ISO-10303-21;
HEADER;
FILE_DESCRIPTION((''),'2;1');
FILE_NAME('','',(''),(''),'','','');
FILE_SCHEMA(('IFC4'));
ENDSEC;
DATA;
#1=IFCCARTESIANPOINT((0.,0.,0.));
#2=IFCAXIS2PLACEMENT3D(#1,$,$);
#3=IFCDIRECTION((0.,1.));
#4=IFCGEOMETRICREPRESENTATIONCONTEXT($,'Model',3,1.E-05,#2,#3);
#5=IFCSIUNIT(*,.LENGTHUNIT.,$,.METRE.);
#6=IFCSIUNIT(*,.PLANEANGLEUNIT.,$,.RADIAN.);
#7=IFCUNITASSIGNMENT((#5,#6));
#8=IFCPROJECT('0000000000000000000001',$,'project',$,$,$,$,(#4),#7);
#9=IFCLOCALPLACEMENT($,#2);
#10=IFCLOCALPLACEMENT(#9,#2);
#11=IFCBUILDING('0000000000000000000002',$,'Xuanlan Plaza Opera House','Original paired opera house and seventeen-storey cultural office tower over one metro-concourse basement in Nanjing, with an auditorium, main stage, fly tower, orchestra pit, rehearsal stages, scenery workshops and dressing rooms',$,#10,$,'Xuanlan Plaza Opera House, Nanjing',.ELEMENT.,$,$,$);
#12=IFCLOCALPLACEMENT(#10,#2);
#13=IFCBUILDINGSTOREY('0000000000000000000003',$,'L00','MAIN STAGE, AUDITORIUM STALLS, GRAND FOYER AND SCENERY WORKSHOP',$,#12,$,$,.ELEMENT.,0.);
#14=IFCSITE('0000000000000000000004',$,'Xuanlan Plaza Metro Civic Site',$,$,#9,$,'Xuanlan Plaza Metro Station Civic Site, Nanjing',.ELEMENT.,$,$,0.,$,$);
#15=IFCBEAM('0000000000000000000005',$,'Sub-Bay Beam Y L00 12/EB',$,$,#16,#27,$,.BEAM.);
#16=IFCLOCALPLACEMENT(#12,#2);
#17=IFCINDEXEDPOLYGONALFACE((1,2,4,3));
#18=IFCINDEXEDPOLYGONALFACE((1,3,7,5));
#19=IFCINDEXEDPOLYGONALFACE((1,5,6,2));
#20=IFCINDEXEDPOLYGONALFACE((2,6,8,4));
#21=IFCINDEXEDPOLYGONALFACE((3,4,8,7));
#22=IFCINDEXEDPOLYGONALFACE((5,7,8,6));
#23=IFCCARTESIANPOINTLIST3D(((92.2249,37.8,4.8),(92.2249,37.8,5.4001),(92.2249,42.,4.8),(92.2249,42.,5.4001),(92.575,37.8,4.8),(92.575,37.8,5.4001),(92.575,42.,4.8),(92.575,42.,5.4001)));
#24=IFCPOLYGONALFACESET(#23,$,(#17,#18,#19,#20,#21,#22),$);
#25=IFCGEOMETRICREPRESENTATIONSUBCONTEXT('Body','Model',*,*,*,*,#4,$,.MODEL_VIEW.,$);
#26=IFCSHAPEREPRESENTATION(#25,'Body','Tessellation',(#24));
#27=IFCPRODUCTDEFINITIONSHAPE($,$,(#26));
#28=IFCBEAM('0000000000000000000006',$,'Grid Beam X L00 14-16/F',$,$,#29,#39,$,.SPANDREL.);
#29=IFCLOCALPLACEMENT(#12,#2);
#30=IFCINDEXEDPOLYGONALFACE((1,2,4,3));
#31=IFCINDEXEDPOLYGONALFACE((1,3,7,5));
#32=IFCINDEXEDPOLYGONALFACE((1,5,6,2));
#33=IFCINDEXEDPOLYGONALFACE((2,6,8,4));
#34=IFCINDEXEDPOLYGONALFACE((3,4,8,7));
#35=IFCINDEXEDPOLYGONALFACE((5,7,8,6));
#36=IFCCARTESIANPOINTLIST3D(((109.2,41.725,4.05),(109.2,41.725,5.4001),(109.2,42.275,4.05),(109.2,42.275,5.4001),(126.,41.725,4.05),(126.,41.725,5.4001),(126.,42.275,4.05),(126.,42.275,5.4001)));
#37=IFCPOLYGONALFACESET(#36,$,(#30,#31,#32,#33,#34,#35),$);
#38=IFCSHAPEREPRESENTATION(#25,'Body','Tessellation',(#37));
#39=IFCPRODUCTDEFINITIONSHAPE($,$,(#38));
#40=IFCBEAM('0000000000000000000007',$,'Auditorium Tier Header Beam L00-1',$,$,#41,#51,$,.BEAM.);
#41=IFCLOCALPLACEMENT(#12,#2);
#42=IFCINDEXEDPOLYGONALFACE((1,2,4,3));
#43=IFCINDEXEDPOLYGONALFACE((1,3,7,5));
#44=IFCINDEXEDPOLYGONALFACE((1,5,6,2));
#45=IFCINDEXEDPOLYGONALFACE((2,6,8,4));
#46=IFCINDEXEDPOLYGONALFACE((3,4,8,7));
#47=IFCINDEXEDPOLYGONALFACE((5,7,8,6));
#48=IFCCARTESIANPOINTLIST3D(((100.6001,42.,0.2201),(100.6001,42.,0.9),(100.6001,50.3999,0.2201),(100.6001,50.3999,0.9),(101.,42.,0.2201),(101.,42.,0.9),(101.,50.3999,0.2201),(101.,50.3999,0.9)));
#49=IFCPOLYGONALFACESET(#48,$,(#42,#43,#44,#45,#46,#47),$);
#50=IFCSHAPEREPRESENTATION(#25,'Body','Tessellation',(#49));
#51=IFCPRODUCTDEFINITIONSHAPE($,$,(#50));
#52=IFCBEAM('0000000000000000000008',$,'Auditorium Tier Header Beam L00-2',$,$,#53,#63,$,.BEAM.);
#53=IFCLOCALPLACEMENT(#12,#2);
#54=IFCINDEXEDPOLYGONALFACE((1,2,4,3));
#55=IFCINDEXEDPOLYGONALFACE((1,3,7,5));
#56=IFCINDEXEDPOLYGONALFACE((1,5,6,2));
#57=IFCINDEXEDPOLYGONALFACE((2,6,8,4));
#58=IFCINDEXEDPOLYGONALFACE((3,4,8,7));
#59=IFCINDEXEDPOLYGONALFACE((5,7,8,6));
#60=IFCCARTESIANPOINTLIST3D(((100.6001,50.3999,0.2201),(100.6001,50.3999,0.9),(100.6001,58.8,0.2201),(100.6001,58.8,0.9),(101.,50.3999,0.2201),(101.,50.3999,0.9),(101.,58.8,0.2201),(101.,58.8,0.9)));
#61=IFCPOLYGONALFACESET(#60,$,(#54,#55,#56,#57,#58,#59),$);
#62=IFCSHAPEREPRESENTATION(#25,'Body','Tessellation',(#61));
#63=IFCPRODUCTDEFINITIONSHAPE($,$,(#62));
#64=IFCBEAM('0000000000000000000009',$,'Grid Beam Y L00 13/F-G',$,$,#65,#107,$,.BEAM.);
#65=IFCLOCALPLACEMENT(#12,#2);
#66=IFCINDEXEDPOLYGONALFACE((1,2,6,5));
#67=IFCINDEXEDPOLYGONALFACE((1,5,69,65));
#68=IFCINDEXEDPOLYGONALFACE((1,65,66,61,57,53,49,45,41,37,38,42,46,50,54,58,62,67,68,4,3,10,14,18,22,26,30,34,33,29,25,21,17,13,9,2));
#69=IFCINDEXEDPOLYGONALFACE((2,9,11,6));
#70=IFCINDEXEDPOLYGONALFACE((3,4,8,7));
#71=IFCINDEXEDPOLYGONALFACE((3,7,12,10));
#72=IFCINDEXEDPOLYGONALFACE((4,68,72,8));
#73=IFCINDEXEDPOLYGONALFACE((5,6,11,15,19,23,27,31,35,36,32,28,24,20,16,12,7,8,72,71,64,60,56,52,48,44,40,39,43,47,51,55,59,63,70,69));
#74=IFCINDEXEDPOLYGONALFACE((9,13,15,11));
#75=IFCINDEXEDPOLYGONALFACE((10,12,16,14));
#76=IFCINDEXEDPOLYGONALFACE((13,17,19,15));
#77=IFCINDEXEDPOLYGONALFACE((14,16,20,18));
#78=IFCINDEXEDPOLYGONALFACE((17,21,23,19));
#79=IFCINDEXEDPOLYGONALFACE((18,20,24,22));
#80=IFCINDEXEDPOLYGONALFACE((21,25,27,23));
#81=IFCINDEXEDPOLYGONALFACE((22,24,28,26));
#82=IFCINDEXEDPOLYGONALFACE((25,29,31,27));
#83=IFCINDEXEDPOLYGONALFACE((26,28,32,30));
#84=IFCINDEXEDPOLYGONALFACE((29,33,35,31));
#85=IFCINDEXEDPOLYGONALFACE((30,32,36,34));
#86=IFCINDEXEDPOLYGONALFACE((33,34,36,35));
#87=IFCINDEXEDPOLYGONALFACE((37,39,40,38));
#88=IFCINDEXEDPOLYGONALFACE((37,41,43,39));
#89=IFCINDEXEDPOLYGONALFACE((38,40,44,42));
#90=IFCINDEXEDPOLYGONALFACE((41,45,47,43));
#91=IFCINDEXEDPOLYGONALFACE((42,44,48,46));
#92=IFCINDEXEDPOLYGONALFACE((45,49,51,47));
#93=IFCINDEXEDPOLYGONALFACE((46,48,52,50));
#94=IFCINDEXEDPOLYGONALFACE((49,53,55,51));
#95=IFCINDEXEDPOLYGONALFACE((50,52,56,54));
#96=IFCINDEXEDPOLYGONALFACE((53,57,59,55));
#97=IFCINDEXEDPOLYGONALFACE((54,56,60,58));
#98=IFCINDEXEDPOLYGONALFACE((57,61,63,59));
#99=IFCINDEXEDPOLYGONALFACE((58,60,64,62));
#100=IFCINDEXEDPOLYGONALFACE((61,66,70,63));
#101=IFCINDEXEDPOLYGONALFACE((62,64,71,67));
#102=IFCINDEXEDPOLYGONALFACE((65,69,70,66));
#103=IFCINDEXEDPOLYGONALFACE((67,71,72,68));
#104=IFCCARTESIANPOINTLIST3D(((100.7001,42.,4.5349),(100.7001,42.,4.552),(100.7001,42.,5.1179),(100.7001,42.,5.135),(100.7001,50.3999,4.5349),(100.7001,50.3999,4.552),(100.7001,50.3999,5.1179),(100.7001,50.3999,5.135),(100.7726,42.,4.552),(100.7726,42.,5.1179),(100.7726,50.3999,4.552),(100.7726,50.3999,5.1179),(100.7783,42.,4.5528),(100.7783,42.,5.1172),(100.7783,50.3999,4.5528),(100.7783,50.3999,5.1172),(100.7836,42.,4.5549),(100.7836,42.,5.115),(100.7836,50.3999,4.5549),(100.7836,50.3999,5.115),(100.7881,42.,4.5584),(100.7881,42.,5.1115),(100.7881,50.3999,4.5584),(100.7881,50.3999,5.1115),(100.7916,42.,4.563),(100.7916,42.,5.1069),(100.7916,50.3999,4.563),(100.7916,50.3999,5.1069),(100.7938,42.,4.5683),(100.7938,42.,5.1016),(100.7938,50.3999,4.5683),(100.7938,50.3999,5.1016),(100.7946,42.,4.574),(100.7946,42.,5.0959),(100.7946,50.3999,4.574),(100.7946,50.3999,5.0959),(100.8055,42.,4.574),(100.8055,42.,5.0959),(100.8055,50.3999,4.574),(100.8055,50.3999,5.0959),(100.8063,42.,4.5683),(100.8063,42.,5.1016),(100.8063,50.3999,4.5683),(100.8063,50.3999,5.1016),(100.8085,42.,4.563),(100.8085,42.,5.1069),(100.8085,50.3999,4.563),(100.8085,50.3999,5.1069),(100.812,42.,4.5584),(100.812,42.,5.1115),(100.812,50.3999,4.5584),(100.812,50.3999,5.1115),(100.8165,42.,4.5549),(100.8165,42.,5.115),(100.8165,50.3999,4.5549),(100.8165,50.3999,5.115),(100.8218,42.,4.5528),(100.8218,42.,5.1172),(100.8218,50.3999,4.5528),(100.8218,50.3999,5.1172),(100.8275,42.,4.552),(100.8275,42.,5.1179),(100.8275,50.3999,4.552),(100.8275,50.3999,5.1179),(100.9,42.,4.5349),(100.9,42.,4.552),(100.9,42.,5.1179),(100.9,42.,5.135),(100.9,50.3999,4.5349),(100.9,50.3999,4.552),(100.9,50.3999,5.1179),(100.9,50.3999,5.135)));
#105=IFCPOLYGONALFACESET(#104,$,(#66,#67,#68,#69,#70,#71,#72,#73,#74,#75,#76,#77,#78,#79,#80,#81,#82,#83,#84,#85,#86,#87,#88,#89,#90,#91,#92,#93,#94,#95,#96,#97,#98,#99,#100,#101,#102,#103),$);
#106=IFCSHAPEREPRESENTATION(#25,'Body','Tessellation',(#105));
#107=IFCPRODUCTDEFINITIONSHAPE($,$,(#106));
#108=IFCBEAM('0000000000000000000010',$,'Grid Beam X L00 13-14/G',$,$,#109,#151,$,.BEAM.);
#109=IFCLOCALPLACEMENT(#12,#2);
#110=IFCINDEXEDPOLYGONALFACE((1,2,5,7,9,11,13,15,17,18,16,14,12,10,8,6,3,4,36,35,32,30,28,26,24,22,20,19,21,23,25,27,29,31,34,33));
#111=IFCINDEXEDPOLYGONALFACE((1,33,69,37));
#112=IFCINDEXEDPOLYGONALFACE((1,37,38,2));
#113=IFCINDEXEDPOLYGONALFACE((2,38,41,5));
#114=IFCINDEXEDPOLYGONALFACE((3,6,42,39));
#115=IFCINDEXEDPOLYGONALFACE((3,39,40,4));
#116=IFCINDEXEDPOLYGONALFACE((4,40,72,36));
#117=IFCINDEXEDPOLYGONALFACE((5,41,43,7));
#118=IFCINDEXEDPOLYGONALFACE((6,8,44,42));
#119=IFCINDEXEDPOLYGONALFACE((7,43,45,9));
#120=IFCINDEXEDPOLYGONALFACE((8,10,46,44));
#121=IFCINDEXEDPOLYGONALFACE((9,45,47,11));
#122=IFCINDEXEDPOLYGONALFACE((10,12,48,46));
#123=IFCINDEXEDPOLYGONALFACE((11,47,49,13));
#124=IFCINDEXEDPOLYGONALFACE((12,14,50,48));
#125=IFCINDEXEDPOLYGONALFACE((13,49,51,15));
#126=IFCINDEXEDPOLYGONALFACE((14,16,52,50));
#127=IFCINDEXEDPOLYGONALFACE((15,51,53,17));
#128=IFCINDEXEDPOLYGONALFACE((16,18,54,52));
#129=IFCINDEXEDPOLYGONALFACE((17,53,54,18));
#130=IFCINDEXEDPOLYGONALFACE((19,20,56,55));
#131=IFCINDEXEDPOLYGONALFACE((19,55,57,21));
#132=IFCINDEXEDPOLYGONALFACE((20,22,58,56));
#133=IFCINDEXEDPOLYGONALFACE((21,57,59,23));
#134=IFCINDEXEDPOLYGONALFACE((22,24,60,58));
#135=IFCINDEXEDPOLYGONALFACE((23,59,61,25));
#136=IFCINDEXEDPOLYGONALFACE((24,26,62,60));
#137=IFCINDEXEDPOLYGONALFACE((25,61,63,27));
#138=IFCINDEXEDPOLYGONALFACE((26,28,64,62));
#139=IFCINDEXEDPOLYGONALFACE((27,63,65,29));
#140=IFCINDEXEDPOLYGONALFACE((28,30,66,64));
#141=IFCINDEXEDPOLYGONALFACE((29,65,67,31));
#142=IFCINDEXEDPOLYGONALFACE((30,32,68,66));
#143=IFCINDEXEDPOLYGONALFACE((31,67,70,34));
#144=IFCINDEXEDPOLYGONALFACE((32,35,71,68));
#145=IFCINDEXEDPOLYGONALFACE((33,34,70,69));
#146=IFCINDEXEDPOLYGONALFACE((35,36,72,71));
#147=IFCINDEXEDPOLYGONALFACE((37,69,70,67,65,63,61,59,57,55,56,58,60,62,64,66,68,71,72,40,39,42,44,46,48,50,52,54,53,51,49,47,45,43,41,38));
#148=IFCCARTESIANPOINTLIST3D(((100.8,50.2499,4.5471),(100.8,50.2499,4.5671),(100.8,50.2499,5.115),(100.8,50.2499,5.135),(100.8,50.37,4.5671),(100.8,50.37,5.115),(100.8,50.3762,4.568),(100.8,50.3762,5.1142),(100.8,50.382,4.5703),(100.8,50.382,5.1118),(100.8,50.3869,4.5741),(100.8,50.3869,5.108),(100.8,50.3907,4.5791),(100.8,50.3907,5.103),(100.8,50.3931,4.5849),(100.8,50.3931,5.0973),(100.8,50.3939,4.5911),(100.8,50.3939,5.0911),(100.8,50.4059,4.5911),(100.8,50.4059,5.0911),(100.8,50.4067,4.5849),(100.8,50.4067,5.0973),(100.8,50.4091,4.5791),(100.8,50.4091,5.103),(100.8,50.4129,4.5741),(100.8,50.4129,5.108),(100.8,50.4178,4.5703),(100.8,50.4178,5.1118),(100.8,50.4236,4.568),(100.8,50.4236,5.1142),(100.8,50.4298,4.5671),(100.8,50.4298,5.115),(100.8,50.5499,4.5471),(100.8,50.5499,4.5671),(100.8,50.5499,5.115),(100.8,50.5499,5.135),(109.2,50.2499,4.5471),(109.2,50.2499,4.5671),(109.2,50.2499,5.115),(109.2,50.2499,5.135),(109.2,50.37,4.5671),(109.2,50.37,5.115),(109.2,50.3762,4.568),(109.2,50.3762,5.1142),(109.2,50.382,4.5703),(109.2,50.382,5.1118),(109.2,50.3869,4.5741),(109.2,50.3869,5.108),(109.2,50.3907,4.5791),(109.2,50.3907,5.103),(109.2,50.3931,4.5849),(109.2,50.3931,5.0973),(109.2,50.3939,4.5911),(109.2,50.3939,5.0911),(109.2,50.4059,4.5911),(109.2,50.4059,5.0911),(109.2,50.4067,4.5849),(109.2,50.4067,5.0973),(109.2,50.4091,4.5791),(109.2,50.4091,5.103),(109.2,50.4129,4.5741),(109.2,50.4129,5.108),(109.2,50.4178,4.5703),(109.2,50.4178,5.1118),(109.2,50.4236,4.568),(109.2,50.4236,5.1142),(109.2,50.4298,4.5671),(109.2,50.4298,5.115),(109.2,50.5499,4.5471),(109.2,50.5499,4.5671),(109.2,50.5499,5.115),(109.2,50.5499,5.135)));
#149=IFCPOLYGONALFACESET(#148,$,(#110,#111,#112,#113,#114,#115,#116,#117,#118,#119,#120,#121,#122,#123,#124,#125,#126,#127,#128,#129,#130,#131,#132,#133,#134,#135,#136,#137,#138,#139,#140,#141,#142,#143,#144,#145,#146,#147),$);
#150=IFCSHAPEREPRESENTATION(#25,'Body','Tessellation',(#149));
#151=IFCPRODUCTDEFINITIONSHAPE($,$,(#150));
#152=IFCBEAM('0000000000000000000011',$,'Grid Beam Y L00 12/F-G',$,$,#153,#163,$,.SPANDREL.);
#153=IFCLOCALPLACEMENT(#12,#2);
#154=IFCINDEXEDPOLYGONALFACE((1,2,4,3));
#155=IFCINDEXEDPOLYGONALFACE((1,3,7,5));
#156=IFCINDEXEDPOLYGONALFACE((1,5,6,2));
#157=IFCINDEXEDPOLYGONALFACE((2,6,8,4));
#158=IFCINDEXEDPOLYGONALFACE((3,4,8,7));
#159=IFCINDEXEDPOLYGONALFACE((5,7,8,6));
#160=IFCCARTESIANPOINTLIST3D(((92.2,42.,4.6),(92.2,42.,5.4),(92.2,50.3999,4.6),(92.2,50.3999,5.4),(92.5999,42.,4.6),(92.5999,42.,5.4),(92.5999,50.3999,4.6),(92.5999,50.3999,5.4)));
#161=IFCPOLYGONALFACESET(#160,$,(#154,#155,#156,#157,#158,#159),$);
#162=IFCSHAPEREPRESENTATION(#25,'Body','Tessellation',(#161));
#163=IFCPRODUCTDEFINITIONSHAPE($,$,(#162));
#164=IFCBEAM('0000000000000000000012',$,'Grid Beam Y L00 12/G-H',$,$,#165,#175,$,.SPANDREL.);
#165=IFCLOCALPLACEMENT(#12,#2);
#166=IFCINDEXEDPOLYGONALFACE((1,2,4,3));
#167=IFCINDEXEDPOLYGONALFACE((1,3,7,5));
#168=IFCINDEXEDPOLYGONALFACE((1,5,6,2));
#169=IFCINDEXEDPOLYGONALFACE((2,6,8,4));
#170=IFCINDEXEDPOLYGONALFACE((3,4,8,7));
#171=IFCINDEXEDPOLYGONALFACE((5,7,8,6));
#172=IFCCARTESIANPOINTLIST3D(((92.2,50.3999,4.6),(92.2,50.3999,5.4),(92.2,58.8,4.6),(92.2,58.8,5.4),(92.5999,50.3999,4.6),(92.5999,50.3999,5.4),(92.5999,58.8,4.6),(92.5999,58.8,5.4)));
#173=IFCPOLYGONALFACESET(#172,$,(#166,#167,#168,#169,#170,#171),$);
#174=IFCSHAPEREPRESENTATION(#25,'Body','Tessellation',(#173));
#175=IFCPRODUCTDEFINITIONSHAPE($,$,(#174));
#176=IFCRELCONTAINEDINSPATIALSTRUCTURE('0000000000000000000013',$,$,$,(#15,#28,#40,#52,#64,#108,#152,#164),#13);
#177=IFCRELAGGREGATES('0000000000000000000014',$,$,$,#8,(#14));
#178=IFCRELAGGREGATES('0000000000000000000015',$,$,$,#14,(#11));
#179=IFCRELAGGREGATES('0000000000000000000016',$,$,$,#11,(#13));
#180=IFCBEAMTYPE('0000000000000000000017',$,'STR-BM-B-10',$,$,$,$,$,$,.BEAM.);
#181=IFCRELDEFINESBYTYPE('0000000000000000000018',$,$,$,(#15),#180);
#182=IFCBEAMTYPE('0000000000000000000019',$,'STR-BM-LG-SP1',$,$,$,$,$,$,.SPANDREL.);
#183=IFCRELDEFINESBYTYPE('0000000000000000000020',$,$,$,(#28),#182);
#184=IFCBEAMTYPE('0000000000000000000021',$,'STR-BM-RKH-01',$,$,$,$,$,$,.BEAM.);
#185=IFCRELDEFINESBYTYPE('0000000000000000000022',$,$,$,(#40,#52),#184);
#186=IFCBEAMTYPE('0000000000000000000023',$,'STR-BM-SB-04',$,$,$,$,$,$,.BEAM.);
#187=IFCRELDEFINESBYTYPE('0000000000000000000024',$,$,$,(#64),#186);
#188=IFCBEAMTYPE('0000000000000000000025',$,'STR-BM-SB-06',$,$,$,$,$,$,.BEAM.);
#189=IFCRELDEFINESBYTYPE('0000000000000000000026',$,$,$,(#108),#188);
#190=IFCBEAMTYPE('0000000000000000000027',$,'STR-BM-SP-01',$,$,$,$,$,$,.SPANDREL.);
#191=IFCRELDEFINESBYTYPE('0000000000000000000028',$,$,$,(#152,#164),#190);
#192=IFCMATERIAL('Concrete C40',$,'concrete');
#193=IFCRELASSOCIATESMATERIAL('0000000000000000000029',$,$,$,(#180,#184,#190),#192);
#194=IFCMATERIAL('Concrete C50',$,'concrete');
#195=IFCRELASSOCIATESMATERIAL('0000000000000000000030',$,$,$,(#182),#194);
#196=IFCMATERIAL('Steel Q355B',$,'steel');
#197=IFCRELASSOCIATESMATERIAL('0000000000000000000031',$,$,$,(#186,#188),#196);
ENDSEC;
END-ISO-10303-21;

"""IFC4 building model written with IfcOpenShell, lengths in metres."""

from ifc_helpers import new_model, si_unit, direction, frame, origin, origin_2d, place, context, subcontext, project, spatial, rectangle, i_section, extrude, material, material_profile, profile_set, type_object, element, save


model = new_model("IFC4")

# Units and contexts
model_context = context("Model", 3, precision=1e-05, world=origin(), true_north=direction((0.0, 1.0)))
body_context = subcontext(model_context, "Body", "Model", "MODEL_VIEW")
ifc_project = project(units=[si_unit("LENGTHUNIT", "METRE"), si_unit("PLANEANGLEUNIT", "RADIAN")], contexts=[model_context])

# Site, building, storey
site_placement = place(None, origin())
site = spatial("IfcSite", under=ifc_project, at=site_placement, Name="Xuanlan Plaza Metro Civic Site", LongName="Xuanlan Plaza Metro Station Civic Site, Nanjing", CompositionType="ELEMENT", RefElevation=0.0)
building_placement = place(site_placement, origin())
building = spatial("IfcBuilding", under=site, at=building_placement, Name="Xuanlan Plaza Opera House", Description="Original paired opera house and seventeen-storey cultural office tower over one metro-concourse basement in Nanjing, with an auditorium, main stage, fly tower, orchestra pit, rehearsal stages, scenery workshops and dressing rooms", LongName="Xuanlan Plaza Opera House, Nanjing", CompositionType="ELEMENT")
storey_placement = place(building_placement, origin())
storey = spatial("IfcBuildingStorey", under=building, at=storey_placement, Name="L00", Description="MAIN STAGE, AUDITORIUM STALLS, GRAND FOYER AND SCENERY WORKSHOP", CompositionType="ELEMENT", Elevation=0.0)

# Shared definitions
ifc_material_1 = material(Name="Concrete C50", Category="concrete")
ifc_material_2 = material(Name="Steel Q355B", Category="steel")

# Beams
ifc_material_3 = material(Name="Concrete C40", Category="concrete")
ifc_material_profile_1 = material_profile(ifc_material_3, rectangle(XDim=0.3501, YDim=0.6001, at=origin_2d()), Name="RC-BM 350x600")
ifc_profile_set_1 = profile_set([ifc_material_profile_1], Name="Concrete C40")
beam_type_1 = type_object("IfcBeamType", Name="STR-BM-B-10", PredefinedType="BEAM", material=ifc_profile_set_1)
beam_1_placement = place(storey_placement, frame((92.3999, 37.8, 5.1001), z_axis=(0.0, 1.0, 0.0), x_axis=(-1.0, 0.0, 0.0)))
element("IfcBeam", 1, at=beam_1_placement, inside=storey, type_object=beam_type_1, Name="Sub-Bay Beam Y L00 12/EB", PredefinedType="BEAM", context=body_context, shape_type="SweptSolid", body=[
    extrude(rectangle(XDim=0.3501, YDim=0.6001, at=origin_2d()), origin(), (0.0, 0.0, 1.0), 4.2),
])
ifc_material_profile_2 = material_profile(ifc_material_1, rectangle(XDim=0.55, YDim=1.3501, at=origin_2d()), Name="RC-SPD 550x1350")
ifc_profile_set_2 = profile_set([ifc_material_profile_2], Name="Concrete C50")
beam_type_2 = type_object("IfcBeamType", Name="STR-BM-LG-SP1", PredefinedType="SPANDREL", material=ifc_profile_set_2)
beam_2_placement = place(storey_placement, frame((109.2, 42.0, 4.7251), z_axis=(1.0, 0.0, 0.0), x_axis=(0.0, 1.0, 0.0)))
element("IfcBeam", 2, at=beam_2_placement, inside=storey, type_object=beam_type_2, Name="Grid Beam X L00 14-16/F", PredefinedType="SPANDREL", context=body_context, shape_type="SweptSolid", body=[
    extrude(rectangle(XDim=0.55, YDim=1.3501, at=origin_2d()), origin(), (0.0, 0.0, 1.0), 16.8),
])
ifc_material_profile_3 = material_profile(ifc_material_3, rectangle(XDim=0.3999, YDim=0.6799, at=origin_2d()), Name="RC-RKR 400x680")
ifc_profile_set_3 = profile_set([ifc_material_profile_3], Name="Concrete C40")
beam_type_3 = type_object("IfcBeamType", Name="STR-BM-RKH-01", PredefinedType="BEAM", material=ifc_profile_set_3)
beam_3_placement = place(storey_placement, frame((100.8, 42.0, 0.5601), z_axis=(0.0, 1.0, 0.0), x_axis=(-1.0, 0.0, 0.0)))
element("IfcBeam", 3, at=beam_3_placement, inside=storey, type_object=beam_type_3, Name="Auditorium Tier Header Beam L00-1", PredefinedType="BEAM", context=body_context, shape_type="SweptSolid", body=[
    extrude(rectangle(XDim=0.3999, YDim=0.6799, at=origin_2d()), origin(), (0.0, 0.0, 1.0), 8.3999),
])
beam_4_placement = place(storey_placement, frame((100.8, 50.3999, 0.5601), z_axis=(0.0, 1.0, 0.0), x_axis=(-1.0, 0.0, 0.0)))
element("IfcBeam", 4, at=beam_4_placement, inside=storey, type_object=beam_type_3, Name="Auditorium Tier Header Beam L00-2", PredefinedType="BEAM", context=body_context, shape_type="SweptSolid", body=[
    extrude(rectangle(XDim=0.3999, YDim=0.6799, at=origin_2d()), origin(), (0.0, 0.0, 1.0), 8.4001),
])
ifc_material_profile_4 = material_profile(ifc_material_2, i_section(OverallWidth=0.2, OverallDepth=0.6001, WebThickness=0.011, FlangeThickness=0.0171, FilletRadius=0.022, at=origin_2d()), Name="HN 600x200x11x17")
ifc_profile_set_4 = profile_set([ifc_material_profile_4], Name="Steel Q355B")
beam_type_4 = type_object("IfcBeamType", Name="STR-BM-SB-04", PredefinedType="BEAM", material=ifc_profile_set_4)
beam_5_placement = place(storey_placement, frame((100.8, 42.0, 4.835), z_axis=(0.0, 1.0, 0.0), x_axis=(-1.0, 0.0, 0.0)))
element("IfcBeam", 5, at=beam_5_placement, inside=storey, type_object=beam_type_4, Name="Grid Beam Y L00 13/F-G", PredefinedType="BEAM", context=body_context, shape_type="SweptSolid", body=[
    extrude(i_section(OverallWidth=0.2, OverallDepth=0.6001, WebThickness=0.011, FlangeThickness=0.0171, FilletRadius=0.022, at=origin_2d()), origin(), (0.0, 0.0, 1.0), 8.3999),
])
ifc_material_profile_5 = material_profile(ifc_material_2, i_section(OverallWidth=0.3, OverallDepth=0.5879, WebThickness=0.012, FlangeThickness=0.02, FilletRadius=0.0239, at=origin_2d()), Name="HM 588x300x12x20")
ifc_profile_set_5 = profile_set([ifc_material_profile_5], Name="Steel Q355B")
beam_type_5 = type_object("IfcBeamType", Name="STR-BM-SB-06", PredefinedType="BEAM", material=ifc_profile_set_5)
beam_6_placement = place(storey_placement, frame((100.8, 50.3999, 4.8411), z_axis=(1.0, 0.0, 0.0), x_axis=(0.0, 1.0, 0.0)))
element("IfcBeam", 6, at=beam_6_placement, inside=storey, type_object=beam_type_5, Name="Grid Beam X L00 13-14/G", PredefinedType="BEAM", context=body_context, shape_type="SweptSolid", body=[
    extrude(i_section(OverallWidth=0.3, OverallDepth=0.5879, WebThickness=0.012, FlangeThickness=0.02, FilletRadius=0.0239, at=origin_2d()), origin(), (0.0, 0.0, 1.0), 8.3999),
])
ifc_material_profile_6 = material_profile(ifc_material_3, rectangle(XDim=0.3999, YDim=0.8, at=origin_2d()), Name="RC-SPD 400x800")
ifc_profile_set_6 = profile_set([ifc_material_profile_6], Name="Concrete C40")
beam_type_6 = type_object("IfcBeamType", Name="STR-BM-SP-01", PredefinedType="SPANDREL", material=ifc_profile_set_6)
beam_7_placement = place(storey_placement, frame((92.3999, 42.0, 5.0), z_axis=(0.0, 1.0, 0.0), x_axis=(-1.0, 0.0, 0.0)))
element("IfcBeam", 7, at=beam_7_placement, inside=storey, type_object=beam_type_6, Name="Grid Beam Y L00 12/F-G", PredefinedType="SPANDREL", context=body_context, shape_type="SweptSolid", body=[
    extrude(rectangle(XDim=0.3999, YDim=0.8, at=origin_2d()), origin(), (0.0, 0.0, 1.0), 8.3999),
])
beam_8_placement = place(storey_placement, frame((92.3999, 50.3999, 5.0), z_axis=(0.0, 1.0, 0.0), x_axis=(-1.0, 0.0, 0.0)))
element("IfcBeam", 8, at=beam_8_placement, inside=storey, type_object=beam_type_6, Name="Grid Beam Y L00 12/G-H", PredefinedType="SPANDREL", context=body_context, shape_type="SweptSolid", body=[
    extrude(rectangle(XDim=0.3999, YDim=0.8, at=origin_2d()), origin(), (0.0, 0.0, 1.0), 8.4001),
])

save(model, "model.ifc")
